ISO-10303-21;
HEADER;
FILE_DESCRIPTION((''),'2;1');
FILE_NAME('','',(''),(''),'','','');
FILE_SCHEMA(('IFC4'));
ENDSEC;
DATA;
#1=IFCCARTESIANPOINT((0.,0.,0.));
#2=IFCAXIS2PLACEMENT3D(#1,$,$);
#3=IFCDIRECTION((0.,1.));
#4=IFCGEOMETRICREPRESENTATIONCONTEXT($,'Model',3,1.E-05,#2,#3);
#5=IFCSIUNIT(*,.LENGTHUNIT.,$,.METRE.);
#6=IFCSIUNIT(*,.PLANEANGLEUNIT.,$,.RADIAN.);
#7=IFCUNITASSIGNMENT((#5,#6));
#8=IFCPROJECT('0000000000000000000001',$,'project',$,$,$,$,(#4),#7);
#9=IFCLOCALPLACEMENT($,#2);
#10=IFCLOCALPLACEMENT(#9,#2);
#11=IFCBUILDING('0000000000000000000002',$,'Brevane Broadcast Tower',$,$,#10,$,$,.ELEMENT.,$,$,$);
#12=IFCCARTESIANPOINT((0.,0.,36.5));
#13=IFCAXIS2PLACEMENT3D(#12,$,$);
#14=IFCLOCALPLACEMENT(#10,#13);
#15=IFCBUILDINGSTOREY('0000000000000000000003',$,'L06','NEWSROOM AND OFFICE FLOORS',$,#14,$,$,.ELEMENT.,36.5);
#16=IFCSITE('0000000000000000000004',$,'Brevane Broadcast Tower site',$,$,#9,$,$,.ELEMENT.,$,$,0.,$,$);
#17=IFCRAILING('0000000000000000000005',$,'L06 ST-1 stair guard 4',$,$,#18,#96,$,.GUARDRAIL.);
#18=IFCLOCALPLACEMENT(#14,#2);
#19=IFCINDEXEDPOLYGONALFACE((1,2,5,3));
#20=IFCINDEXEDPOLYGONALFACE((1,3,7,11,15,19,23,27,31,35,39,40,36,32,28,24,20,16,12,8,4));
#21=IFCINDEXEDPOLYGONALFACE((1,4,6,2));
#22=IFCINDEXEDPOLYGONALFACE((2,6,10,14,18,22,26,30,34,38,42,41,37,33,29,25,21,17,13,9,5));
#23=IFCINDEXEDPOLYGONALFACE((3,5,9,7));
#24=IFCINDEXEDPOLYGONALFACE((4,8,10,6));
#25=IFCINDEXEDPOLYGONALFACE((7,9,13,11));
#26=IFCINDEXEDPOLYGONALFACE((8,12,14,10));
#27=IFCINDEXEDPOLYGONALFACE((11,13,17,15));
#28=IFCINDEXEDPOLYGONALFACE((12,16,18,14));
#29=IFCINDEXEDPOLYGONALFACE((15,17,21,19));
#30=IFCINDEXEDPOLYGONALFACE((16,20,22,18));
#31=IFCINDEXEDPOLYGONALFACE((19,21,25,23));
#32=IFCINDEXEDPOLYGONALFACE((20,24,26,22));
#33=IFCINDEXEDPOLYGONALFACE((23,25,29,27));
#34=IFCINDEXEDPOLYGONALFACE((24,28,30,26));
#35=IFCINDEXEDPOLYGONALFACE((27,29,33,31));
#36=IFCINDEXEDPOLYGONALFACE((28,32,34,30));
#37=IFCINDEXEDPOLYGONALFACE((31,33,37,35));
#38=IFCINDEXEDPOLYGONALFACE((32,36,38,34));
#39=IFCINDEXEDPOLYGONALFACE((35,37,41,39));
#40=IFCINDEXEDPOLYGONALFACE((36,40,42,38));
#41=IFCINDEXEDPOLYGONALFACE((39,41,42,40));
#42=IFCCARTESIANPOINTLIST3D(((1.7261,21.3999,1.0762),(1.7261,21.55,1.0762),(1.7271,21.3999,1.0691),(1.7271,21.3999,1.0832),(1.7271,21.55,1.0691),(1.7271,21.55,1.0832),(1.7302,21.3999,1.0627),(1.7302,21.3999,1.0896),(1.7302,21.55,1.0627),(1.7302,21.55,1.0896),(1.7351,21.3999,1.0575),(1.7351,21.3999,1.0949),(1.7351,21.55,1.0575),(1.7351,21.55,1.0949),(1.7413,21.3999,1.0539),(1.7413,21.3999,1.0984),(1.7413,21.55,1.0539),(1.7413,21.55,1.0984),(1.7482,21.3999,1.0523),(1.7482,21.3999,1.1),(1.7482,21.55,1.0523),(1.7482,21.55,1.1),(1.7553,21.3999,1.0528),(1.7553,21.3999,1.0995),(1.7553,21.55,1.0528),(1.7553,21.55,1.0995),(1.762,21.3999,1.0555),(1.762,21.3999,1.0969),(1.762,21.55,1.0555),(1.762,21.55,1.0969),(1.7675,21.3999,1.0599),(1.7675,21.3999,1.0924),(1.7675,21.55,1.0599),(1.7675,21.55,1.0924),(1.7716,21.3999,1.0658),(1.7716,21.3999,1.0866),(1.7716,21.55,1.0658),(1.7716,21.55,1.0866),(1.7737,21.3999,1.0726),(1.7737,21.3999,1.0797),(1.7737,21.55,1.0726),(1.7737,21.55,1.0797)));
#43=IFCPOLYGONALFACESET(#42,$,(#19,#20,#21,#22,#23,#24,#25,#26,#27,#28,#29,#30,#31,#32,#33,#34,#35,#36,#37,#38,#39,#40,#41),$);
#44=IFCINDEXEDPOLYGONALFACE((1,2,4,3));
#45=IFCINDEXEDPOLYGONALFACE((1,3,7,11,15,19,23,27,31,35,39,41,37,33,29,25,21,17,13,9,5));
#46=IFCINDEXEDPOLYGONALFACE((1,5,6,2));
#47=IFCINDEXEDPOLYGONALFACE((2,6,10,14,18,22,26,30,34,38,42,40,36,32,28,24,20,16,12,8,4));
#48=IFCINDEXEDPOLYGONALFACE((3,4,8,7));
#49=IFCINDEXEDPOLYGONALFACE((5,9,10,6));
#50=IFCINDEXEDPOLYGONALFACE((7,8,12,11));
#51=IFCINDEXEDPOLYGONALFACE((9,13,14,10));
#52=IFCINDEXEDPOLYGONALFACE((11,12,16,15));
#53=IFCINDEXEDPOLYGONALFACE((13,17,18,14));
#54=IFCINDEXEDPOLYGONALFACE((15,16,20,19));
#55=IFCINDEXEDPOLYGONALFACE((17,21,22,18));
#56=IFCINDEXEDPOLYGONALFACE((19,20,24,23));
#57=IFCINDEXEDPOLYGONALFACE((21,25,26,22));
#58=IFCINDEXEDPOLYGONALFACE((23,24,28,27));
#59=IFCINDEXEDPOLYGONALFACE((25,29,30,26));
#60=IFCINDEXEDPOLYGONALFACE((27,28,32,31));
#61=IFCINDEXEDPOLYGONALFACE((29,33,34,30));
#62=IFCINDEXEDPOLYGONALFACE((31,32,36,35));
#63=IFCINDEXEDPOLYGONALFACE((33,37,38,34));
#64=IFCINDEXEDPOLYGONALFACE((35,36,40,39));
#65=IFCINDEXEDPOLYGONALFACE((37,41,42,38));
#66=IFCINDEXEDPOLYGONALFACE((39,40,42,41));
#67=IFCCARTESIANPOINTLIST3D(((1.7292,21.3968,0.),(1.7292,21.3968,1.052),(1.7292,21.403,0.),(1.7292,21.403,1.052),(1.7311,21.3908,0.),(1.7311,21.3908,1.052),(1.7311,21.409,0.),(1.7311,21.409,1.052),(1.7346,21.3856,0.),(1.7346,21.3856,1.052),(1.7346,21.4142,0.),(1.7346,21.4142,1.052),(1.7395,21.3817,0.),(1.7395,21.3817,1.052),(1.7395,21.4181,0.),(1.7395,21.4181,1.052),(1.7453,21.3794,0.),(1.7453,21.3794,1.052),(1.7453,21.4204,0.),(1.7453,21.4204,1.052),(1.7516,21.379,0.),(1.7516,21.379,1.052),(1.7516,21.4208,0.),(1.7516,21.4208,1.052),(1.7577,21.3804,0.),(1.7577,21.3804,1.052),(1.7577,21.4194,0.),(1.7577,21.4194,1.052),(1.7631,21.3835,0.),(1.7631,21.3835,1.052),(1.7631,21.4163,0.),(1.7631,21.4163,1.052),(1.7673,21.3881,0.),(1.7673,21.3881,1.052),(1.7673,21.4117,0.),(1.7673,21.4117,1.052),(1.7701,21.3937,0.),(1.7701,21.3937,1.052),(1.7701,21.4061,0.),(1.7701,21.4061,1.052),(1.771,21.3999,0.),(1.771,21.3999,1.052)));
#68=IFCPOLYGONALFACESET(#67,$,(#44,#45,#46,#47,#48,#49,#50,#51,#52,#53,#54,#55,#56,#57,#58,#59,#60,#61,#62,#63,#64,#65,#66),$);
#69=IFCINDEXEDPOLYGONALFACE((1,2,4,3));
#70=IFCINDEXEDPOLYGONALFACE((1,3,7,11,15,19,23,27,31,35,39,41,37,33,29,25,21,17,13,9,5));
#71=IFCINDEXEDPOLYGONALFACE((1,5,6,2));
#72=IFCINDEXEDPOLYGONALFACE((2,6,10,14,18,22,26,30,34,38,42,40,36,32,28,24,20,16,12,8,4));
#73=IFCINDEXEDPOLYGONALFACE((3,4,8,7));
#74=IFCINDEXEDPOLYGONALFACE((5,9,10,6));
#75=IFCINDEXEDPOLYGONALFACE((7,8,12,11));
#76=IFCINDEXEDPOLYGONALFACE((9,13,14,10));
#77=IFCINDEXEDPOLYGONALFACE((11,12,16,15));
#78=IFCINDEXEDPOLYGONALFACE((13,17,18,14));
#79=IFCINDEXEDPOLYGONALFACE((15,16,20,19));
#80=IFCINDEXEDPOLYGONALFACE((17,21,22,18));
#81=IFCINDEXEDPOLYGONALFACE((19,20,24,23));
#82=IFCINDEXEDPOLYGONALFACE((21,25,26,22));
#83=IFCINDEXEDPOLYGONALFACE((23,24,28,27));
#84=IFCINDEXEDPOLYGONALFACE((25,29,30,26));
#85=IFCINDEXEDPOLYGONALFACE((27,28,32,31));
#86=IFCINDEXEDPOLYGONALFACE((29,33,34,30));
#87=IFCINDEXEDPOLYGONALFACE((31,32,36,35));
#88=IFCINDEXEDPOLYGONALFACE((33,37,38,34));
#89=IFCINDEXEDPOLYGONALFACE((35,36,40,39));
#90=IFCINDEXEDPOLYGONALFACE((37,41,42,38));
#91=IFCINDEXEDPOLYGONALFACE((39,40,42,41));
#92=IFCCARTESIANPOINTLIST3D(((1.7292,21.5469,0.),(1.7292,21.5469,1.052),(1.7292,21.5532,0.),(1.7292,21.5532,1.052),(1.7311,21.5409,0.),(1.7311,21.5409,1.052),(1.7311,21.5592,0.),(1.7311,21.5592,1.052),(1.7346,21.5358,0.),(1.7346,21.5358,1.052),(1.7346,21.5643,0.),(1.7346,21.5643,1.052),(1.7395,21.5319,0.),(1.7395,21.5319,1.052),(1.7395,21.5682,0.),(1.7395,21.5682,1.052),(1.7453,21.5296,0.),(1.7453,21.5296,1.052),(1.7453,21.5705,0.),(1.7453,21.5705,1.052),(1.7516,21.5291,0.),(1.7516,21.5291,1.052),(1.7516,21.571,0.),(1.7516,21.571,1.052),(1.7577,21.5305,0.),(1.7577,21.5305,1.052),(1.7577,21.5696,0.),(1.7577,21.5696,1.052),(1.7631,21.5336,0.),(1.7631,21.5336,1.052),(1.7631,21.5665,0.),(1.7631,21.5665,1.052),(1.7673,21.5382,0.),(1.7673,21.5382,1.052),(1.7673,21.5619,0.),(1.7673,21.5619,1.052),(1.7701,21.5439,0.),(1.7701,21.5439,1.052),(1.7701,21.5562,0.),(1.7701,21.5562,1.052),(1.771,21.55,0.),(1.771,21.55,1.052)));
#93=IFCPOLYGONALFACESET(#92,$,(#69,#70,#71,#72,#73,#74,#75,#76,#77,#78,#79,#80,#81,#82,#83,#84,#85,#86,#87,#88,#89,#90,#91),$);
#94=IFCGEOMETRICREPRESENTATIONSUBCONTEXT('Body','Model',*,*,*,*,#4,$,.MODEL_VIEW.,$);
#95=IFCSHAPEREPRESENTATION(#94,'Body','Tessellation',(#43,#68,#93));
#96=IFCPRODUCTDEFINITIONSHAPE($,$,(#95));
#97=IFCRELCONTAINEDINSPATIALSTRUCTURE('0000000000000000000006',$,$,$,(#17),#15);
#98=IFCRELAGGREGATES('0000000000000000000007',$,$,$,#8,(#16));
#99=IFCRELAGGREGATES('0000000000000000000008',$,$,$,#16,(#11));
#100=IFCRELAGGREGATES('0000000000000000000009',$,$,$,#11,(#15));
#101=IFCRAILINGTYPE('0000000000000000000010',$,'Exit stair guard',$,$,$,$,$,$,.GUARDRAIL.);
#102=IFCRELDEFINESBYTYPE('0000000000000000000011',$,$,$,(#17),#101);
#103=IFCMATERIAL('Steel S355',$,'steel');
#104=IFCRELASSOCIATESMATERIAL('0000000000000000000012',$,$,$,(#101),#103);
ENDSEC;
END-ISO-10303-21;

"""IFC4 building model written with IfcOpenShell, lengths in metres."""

from ifc_helpers import new_model, si_unit, direction, frame, origin, origin_2d, place, context, subcontext, project, spatial, circle, extrude, material, type_object, element, save


model = new_model("IFC4")

# Units and contexts
model_context = context("Model", 3, precision=1e-05, world=origin(), true_north=direction((0.0, 1.0)))
body_context = subcontext(model_context, "Body", "Model", "MODEL_VIEW")
ifc_project = project(units=[si_unit("LENGTHUNIT", "METRE"), si_unit("PLANEANGLEUNIT", "RADIAN")], contexts=[model_context])

# Site, building, storey
site_placement = place(None, origin())
site = spatial("IfcSite", under=ifc_project, at=site_placement, Name="Brevane Broadcast Tower site", CompositionType="ELEMENT", RefElevation=0.0)
building_placement = place(site_placement, origin())
building = spatial("IfcBuilding", under=site, at=building_placement, Name="Brevane Broadcast Tower", CompositionType="ELEMENT")
storey_placement = place(building_placement, frame((0.0, 0.0, 36.5)))
storey = spatial("IfcBuildingStorey", under=building, at=storey_placement, Name="L06", Description="NEWSROOM AND OFFICE FLOORS", CompositionType="ELEMENT", Elevation=36.5)

# Railing
ifc_material_1 = material(Name="Steel S355", Category="steel")
railing_type_1 = type_object("IfcRailingType", Name="Exit stair guard", PredefinedType="GUARDRAIL", material=ifc_material_1)
railing_1_placement = place(storey_placement, frame((1.75, 21.3999, 0.0)))
element("IfcRailing", 1, at=railing_1_placement, inside=storey, type_object=railing_type_1, Name="L06 ST-1 stair guard 4", PredefinedType="GUARDRAIL", context=body_context, shape_type="SweptSolid", body=[
    extrude(circle(Radius=0.0239, at=origin_2d()), frame((0.0, 0.0, 1.0762), z_axis=(0.0, 1.0, 0.0), x_axis=(-1.0, 0.0, 0.0)), (0.0, 0.0, 1.0), 0.1501),
    extrude(circle(Radius=0.021, at=origin_2d()), origin(), (0.0, 0.0, 1.0), 1.052),
    extrude(circle(Radius=0.021, at=origin_2d()), frame((0.0, 0.1501, 0.0)), (0.0, 0.0, 1.0), 1.052),
])

save(model, "model.ifc")
